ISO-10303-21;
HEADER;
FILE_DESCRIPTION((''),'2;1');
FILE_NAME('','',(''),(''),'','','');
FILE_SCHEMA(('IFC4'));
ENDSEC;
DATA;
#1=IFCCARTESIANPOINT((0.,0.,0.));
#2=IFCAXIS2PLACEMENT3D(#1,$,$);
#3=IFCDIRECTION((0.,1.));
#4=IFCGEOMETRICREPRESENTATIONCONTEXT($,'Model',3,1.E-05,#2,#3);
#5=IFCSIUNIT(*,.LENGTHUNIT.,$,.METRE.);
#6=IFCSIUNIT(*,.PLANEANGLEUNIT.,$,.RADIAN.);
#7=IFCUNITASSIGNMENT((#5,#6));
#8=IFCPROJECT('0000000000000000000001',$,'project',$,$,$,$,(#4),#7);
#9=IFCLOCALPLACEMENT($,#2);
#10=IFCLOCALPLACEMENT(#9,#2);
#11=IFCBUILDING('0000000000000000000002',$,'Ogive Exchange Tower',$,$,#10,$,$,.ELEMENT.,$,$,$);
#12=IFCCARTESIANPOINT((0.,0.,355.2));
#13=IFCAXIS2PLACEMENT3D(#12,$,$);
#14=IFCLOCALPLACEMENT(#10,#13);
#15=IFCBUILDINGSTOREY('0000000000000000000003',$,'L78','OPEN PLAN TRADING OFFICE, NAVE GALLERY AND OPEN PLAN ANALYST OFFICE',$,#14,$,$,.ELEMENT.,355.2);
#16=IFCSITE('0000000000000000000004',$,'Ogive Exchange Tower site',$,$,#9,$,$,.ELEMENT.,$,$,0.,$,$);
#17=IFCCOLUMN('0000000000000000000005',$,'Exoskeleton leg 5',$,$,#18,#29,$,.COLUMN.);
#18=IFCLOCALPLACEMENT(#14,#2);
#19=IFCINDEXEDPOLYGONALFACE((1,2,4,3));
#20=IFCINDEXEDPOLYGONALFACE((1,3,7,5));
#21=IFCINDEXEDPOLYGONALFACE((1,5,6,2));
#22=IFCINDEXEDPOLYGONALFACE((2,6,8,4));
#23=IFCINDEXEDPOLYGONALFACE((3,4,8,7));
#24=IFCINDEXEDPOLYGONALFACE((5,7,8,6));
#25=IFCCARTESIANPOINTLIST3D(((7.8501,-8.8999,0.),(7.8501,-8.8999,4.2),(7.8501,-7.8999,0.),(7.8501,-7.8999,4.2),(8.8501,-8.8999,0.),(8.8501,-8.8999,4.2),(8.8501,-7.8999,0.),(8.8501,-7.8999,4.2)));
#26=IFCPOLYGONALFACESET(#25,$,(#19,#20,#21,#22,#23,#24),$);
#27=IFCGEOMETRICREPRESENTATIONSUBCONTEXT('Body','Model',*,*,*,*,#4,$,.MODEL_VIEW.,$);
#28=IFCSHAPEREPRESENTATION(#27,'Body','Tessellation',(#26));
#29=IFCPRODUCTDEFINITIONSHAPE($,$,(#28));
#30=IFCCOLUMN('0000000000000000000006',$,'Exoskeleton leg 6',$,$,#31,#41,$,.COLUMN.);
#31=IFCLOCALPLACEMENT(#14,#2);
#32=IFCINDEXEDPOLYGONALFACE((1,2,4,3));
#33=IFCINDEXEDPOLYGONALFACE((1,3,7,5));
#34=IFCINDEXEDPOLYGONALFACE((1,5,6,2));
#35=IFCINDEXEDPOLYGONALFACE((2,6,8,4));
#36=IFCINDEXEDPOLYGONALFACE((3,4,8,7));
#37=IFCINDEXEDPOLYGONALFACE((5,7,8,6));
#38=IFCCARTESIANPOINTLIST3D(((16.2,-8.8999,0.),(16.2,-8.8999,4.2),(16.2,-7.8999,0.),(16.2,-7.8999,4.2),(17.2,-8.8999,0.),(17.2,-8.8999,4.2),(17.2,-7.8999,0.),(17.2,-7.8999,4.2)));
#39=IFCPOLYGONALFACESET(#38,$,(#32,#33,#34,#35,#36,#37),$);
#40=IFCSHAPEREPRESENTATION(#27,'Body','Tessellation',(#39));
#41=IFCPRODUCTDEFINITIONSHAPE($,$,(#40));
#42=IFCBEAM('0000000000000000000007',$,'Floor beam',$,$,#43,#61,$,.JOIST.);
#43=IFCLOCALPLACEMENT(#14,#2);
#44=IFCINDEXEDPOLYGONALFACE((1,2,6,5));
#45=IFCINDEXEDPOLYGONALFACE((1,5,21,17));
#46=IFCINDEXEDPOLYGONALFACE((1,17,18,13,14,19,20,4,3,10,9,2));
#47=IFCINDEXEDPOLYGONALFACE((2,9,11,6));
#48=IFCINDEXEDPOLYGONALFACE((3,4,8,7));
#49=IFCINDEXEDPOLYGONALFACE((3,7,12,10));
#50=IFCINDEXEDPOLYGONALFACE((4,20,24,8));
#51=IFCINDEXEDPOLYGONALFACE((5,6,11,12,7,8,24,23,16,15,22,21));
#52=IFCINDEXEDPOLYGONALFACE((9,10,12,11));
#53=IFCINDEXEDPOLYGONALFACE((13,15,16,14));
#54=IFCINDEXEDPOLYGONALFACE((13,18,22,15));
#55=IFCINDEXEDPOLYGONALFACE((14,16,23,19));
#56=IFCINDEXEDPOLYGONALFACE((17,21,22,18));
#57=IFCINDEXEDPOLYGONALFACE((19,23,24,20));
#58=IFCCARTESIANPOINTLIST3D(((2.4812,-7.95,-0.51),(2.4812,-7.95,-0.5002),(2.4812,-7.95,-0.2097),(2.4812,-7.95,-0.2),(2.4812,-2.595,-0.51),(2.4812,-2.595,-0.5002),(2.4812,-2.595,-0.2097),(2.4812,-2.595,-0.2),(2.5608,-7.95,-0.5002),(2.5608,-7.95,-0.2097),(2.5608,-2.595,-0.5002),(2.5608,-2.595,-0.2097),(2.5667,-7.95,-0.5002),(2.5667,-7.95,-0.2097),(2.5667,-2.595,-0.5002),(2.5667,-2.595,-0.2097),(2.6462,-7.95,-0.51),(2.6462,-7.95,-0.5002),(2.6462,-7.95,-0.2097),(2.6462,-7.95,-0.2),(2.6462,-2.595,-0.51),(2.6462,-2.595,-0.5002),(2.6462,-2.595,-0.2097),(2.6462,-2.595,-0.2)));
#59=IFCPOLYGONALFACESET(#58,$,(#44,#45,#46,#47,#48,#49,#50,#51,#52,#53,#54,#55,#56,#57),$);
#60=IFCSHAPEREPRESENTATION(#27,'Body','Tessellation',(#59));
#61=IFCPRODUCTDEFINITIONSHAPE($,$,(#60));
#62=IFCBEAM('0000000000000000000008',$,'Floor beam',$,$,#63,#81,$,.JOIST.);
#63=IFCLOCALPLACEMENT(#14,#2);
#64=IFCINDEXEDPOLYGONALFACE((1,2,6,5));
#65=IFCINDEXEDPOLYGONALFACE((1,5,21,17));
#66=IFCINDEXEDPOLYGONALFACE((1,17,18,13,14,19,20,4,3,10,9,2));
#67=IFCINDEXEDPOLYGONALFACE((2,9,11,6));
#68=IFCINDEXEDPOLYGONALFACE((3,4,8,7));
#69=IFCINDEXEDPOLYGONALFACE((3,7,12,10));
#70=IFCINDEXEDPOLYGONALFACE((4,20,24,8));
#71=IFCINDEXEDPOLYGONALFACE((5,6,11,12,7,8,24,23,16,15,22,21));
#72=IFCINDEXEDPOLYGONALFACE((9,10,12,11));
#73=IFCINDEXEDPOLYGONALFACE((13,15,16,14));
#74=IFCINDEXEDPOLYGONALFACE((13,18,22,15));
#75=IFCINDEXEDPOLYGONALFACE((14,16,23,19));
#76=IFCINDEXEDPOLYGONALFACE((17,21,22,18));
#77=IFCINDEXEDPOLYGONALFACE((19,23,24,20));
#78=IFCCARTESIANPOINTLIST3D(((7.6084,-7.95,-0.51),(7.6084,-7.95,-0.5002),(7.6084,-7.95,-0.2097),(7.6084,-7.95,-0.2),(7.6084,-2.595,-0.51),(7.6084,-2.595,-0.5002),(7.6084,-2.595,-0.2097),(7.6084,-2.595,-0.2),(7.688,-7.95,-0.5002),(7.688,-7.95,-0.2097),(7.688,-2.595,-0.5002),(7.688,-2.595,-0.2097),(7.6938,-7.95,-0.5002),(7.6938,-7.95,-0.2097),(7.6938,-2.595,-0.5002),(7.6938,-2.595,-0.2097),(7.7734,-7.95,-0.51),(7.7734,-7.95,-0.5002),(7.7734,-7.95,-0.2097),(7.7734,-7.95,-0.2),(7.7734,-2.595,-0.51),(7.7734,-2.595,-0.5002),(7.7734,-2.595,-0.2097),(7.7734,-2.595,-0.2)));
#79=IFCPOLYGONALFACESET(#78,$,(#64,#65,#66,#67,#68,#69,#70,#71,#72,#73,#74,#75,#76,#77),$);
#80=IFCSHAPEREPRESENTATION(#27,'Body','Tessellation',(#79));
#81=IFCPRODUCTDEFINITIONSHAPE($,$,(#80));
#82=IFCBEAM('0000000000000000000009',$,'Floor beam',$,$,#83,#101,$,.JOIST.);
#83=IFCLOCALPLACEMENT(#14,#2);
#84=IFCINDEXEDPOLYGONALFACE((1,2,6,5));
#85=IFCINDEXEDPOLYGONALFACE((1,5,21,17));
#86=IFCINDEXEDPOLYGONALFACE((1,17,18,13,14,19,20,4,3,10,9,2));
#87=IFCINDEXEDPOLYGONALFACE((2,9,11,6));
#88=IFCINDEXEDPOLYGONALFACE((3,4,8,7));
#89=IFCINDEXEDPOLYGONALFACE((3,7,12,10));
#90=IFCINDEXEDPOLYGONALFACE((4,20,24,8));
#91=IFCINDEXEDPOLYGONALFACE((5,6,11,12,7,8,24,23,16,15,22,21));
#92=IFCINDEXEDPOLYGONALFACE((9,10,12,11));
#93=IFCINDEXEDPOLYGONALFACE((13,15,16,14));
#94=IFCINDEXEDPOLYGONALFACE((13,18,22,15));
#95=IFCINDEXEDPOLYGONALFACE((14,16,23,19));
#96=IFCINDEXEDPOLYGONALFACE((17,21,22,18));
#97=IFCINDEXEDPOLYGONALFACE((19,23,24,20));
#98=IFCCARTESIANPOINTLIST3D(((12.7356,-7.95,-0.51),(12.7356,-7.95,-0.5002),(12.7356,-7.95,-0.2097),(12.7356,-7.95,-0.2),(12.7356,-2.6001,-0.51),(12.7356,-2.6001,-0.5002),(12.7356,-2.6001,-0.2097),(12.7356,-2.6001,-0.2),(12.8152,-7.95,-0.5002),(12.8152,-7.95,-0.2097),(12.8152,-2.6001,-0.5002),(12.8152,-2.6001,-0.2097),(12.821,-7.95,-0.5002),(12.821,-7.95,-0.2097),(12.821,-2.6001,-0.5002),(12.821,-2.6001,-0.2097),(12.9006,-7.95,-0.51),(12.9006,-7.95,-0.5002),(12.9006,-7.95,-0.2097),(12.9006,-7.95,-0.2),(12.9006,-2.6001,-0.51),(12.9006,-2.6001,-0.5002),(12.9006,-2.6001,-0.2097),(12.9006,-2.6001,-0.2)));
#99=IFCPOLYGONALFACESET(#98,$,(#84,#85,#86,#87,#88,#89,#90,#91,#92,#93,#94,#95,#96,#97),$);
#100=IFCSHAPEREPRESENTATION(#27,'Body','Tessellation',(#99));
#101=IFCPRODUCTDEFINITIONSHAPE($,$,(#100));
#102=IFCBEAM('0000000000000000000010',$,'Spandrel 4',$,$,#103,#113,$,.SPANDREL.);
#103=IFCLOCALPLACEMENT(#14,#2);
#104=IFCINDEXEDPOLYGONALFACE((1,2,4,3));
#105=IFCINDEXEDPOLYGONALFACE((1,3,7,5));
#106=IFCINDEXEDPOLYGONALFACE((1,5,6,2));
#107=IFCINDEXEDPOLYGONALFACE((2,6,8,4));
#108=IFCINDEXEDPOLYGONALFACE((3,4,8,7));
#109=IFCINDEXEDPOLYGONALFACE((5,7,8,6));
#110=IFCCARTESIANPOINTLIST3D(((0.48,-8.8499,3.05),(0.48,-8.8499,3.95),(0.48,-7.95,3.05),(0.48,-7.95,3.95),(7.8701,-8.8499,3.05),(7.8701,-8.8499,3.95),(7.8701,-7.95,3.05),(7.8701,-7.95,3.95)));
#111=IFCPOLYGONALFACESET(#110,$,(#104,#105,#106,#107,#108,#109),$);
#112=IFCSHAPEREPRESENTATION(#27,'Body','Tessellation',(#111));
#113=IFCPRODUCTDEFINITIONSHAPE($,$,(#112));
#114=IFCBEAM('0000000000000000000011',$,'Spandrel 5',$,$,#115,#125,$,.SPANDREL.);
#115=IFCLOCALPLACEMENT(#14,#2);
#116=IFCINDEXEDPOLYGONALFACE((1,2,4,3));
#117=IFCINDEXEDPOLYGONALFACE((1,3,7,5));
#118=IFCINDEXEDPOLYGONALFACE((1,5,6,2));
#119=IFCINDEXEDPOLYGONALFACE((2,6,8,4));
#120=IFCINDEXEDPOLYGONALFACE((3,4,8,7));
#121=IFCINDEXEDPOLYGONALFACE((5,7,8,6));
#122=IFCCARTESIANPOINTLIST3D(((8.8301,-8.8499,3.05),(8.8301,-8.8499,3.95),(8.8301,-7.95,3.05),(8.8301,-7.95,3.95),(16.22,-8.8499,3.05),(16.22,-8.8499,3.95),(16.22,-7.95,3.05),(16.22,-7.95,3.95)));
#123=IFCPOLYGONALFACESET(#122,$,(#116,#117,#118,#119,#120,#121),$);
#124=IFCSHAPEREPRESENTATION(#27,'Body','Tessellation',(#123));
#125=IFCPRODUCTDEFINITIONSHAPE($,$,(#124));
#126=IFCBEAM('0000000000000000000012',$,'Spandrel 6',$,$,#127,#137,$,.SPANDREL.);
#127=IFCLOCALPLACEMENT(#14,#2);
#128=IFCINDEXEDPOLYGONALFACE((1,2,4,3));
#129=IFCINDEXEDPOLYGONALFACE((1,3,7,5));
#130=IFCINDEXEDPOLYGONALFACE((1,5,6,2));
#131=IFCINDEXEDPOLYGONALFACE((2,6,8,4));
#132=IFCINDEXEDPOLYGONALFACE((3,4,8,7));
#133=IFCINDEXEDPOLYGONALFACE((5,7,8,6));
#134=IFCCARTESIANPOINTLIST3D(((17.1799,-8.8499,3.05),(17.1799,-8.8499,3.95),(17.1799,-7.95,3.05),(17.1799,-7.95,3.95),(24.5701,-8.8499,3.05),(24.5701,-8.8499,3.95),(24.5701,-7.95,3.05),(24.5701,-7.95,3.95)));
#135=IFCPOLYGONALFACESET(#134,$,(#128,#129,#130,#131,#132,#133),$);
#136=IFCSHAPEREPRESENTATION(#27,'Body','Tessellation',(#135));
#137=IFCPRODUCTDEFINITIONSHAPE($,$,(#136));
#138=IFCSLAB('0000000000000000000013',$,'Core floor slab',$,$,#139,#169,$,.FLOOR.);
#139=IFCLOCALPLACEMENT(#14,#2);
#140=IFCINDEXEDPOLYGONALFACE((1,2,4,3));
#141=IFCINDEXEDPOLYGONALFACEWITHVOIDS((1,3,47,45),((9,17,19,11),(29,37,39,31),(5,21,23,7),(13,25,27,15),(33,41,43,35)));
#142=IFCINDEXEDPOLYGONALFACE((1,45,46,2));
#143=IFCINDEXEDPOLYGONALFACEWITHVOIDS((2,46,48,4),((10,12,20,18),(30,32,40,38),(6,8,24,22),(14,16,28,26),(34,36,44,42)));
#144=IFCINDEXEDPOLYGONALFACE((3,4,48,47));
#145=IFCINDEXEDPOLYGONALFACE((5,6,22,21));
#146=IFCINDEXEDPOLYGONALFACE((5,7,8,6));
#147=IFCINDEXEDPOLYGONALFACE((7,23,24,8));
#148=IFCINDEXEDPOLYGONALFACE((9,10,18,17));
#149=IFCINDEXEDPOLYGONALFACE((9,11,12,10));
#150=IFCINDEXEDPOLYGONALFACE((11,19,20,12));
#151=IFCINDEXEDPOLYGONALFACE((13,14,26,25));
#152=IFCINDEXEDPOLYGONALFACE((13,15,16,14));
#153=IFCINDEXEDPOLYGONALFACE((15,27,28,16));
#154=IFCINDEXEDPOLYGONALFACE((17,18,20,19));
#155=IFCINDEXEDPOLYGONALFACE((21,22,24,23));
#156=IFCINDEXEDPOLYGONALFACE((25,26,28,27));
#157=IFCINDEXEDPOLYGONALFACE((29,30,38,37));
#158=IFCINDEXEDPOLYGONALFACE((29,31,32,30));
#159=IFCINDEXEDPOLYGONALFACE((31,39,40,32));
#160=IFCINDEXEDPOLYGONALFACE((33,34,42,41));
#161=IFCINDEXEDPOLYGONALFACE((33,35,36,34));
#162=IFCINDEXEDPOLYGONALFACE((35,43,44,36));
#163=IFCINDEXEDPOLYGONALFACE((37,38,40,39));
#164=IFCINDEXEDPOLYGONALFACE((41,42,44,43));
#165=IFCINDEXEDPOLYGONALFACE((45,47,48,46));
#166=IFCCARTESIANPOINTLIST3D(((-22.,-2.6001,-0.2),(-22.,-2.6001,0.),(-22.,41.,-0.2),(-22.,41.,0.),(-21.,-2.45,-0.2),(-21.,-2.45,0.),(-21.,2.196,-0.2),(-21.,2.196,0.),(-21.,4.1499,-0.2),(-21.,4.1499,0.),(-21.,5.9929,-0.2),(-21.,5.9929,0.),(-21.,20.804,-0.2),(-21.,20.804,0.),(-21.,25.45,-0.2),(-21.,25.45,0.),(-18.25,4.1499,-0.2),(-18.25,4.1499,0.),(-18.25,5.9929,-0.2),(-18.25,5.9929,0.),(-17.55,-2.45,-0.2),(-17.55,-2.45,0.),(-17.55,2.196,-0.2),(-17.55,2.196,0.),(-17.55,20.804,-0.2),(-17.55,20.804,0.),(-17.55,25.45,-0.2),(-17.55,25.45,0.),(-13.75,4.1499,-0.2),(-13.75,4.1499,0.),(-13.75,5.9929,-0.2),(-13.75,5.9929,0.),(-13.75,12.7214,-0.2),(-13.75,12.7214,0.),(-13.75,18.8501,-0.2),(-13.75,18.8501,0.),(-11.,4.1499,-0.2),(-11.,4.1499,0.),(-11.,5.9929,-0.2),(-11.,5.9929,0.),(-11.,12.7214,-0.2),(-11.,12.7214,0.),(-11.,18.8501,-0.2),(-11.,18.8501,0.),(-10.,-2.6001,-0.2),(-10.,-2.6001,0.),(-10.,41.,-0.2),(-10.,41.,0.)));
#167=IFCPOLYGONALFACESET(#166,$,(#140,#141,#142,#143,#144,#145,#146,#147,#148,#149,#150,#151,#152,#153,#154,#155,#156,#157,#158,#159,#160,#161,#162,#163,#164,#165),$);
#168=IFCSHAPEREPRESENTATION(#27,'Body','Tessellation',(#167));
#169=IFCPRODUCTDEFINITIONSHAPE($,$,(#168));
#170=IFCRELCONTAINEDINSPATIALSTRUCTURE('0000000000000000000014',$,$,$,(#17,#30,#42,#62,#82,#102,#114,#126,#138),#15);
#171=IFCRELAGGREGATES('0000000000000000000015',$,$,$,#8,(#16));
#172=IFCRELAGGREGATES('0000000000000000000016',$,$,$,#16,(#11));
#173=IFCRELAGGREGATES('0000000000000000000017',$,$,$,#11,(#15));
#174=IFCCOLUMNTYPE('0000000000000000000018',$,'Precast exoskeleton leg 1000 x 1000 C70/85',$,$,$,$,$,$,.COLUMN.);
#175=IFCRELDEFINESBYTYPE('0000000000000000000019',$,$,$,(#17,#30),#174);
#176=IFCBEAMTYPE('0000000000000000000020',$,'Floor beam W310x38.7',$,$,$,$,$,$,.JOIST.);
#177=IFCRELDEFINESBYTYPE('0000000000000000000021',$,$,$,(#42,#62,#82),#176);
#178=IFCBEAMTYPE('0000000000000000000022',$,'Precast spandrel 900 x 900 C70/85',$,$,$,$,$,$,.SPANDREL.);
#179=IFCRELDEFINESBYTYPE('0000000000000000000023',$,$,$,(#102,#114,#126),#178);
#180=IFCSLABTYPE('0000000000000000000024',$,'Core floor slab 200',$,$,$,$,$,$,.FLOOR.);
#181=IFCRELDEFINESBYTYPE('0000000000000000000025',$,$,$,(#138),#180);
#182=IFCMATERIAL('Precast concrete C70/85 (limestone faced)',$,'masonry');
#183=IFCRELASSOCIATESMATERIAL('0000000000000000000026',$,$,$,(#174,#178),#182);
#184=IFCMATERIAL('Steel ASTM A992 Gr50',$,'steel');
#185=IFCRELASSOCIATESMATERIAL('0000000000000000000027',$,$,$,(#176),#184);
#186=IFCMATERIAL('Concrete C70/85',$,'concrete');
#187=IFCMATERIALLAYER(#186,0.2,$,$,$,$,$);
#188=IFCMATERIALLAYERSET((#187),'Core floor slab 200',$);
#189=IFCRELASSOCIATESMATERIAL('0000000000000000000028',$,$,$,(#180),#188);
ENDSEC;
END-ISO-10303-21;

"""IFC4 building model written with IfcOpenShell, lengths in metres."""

from ifc_helpers import new_model, si_unit, direction, frame, origin, origin_2d, place, context, subcontext, project, spatial, polyline, rectangle, i_section, outline, extrude, material, layer, layer_set, material_profile, profile_set, type_object, element, save


model = new_model("IFC4")

# Units and contexts
model_context = context("Model", 3, precision=1e-05, world=origin(), true_north=direction((0.0, 1.0)))
body_context = subcontext(model_context, "Body", "Model", "MODEL_VIEW")
ifc_project = project(units=[si_unit("LENGTHUNIT", "METRE"), si_unit("PLANEANGLEUNIT", "RADIAN")], contexts=[model_context])

# Site, building, storey
site_placement = place(None, origin())
site = spatial("IfcSite", under=ifc_project, at=site_placement, Name="Ogive Exchange Tower site", CompositionType="ELEMENT", RefElevation=0.0)
building_placement = place(site_placement, origin())
building = spatial("IfcBuilding", under=site, at=building_placement, Name="Ogive Exchange Tower", CompositionType="ELEMENT")
storey_placement = place(building_placement, frame((0.0, 0.0, 355.2)))
storey = spatial("IfcBuildingStorey", under=building, at=storey_placement, Name="L78", Description="OPEN PLAN TRADING OFFICE, NAVE GALLERY AND OPEN PLAN ANALYST OFFICE", CompositionType="ELEMENT", Elevation=355.2)

# Columns
ifc_material_1 = material(Name="Precast concrete C70/85 (limestone faced)", Category="masonry")
ifc_material_profile_1 = material_profile(ifc_material_1, rectangle(XDim=1.0, YDim=1.0, at=origin_2d()), Name="1000 x 1000")
ifc_profile_set_1 = profile_set([ifc_material_profile_1], Name="Precast concrete C70/85 (limestone faced)")
column_type = type_object("IfcColumnType", Name="Precast exoskeleton leg 1000 x 1000 C70/85", PredefinedType="COLUMN", material=ifc_profile_set_1)
for number, where, z_axis, x_axis, name in (
    (1, (8.3501, -8.3999, 0.0), (0.0, 0.0, 1.0), (1.0, 0.0, 0.0), "Exoskeleton leg 5"),
    (2, (16.7, -8.3999, 0.0), (0.0, 0.0, 1.0), (1.0, 0.0, 0.0), "Exoskeleton leg 6"),
):
    element("IfcColumn", number, at=place(storey_placement, frame(where, z_axis=z_axis, x_axis=x_axis)), inside=storey, type_object=column_type, Name=name, PredefinedType="COLUMN", context=body_context, shape_type="SweptSolid", body=[
        extrude(rectangle(XDim=1.0, YDim=1.0, at=origin_2d()), origin(), (0.0, 0.0, 1.0), 4.2),
    ])

# Beams
ifc_material_2 = material(Name="Steel ASTM A992 Gr50", Category="steel")
ifc_material_profile_2 = material_profile(ifc_material_2, i_section(OverallWidth=0.165, OverallDepth=0.3101, WebThickness=0.0059, FlangeThickness=0.0098, at=origin_2d()), Name="W310x38.7")
ifc_profile_set_2 = profile_set([ifc_material_profile_2], Name="Steel ASTM A992 Gr50")
beam_type_1 = type_object("IfcBeamType", Name="Floor beam W310x38.7", PredefinedType="JOIST", material=ifc_profile_set_2)
for number, where, z_axis, x_axis, name in (
    (3, (2.5637, -7.95, -0.355), (0.0, 1.0, 0.0), (-1.0, 0.0, 0.0), "Floor beam"),
    (4, (7.6909, -7.95, -0.355), (0.0, 1.0, 0.0), (-1.0, 0.0, 0.0), "Floor beam"),
):
    element("IfcBeam", number, at=place(storey_placement, frame(where, z_axis=z_axis, x_axis=x_axis)), inside=storey, type_object=beam_type_1, Name=name, PredefinedType="JOIST", context=body_context, shape_type="SweptSolid", body=[
        extrude(i_section(OverallWidth=0.165, OverallDepth=0.3101, WebThickness=0.0059, FlangeThickness=0.0098, at=origin_2d()), origin(), (0.0, 0.0, 1.0), 5.355),
    ])
beam_1_placement = place(storey_placement, frame((12.8181, -7.95, -0.355), z_axis=(0.0, 1.0, 0.0), x_axis=(-1.0, 0.0, 0.0)))
element("IfcBeam", 5, at=beam_1_placement, inside=storey, type_object=beam_type_1, Name="Floor beam", PredefinedType="JOIST", context=body_context, shape_type="SweptSolid", body=[
    extrude(i_section(OverallWidth=0.165, OverallDepth=0.3101, WebThickness=0.0059, FlangeThickness=0.0098, at=origin_2d()), origin(), (0.0, 0.0, 1.0), 5.3499),
])
ifc_material_profile_3 = material_profile(ifc_material_1, rectangle(XDim=0.8999, YDim=0.8999, at=origin_2d()), Name="900 x 900")
ifc_profile_set_3 = profile_set([ifc_material_profile_3], Name="Precast concrete C70/85 (limestone faced)")
beam_type_2 = type_object("IfcBeamType", Name="Precast spandrel 900 x 900 C70/85", PredefinedType="SPANDREL", material=ifc_profile_set_3)
beam_2_placement = place(storey_placement, frame((0.48, -8.3999, 3.5), z_axis=(1.0, 0.0, 0.0), x_axis=(0.0, 1.0, 0.0)))
element("IfcBeam", 6, at=beam_2_placement, inside=storey, type_object=beam_type_2, Name="Spandrel 4", PredefinedType="SPANDREL", context=body_context, shape_type="SweptSolid", body=[
    extrude(rectangle(XDim=0.8999, YDim=0.8999, at=origin_2d()), origin(), (0.0, 0.0, 1.0), 7.3901),
])
beam_3_placement = place(storey_placement, frame((8.8301, -8.3999, 3.5), z_axis=(1.0, 0.0, 0.0), x_axis=(0.0, 1.0, 0.0)))
element("IfcBeam", 7, at=beam_3_placement, inside=storey, type_object=beam_type_2, Name="Spandrel 5", PredefinedType="SPANDREL", context=body_context, shape_type="SweptSolid", body=[
    extrude(rectangle(XDim=0.8999, YDim=0.8999, at=origin_2d()), origin(), (0.0, 0.0, 1.0), 7.3899),
])
beam_4_placement = place(storey_placement, frame((17.1799, -8.3999, 3.5), z_axis=(1.0, 0.0, 0.0), x_axis=(0.0, 1.0, 0.0)))
element("IfcBeam", 8, at=beam_4_placement, inside=storey, type_object=beam_type_2, Name="Spandrel 6", PredefinedType="SPANDREL", context=body_context, shape_type="SweptSolid", body=[
    extrude(rectangle(XDim=0.8999, YDim=0.8999, at=origin_2d()), origin(), (0.0, 0.0, 1.0), 7.3901),
])

# Slab
ifc_material_3 = material(Name="Concrete C70/85", Category="concrete")
ifc_layer_1 = layer(ifc_material_3, 0.2)
ifc_layer_set_1 = layer_set([ifc_layer_1], Name="Core floor slab 200")
slab_type_1 = type_object("IfcSlabType", Name="Core floor slab 200", PredefinedType="FLOOR", material=ifc_layer_set_1)
slab_1_placement = place(storey_placement, frame((0.0, 0.0, -0.2)))
element("IfcSlab", 9, at=slab_1_placement, inside=storey, type_object=slab_type_1, Name="Core floor slab", PredefinedType="FLOOR", context=body_context, shape_type="SweptSolid", body=[
    extrude(outline(polyline([(-22.0, -2.6001), (-22.0, 41.0), (-10.0, 41.0), (-10.0, -2.6001), (-22.0, -2.6001)]), holes=[polyline([(-17.55, 2.196), (-21.0, 2.196), (-21.0, -2.45), (-17.55, -2.45), (-17.55, 2.196)]), polyline([(-21.0, 5.9929), (-21.0, 4.1499), (-18.25, 4.1499), (-18.25, 5.9929), (-21.0, 5.9929)]), polyline([(-13.75, 5.9929), (-13.75, 4.1499), (-11.0, 4.1499), (-11.0, 5.9929), (-13.75, 5.9929)]), polyline([(-11.0, 18.8501), (-13.75, 18.8501), (-13.75, 12.7214), (-11.0, 12.7214), (-11.0, 18.8501)]), polyline([(-21.0, 25.45), (-21.0, 20.804), (-17.55, 20.804), (-17.55, 25.45), (-21.0, 25.45)])]), origin(), (0.0, 0.0, 1.0), 0.2),
])

save(model, "model.ifc")
